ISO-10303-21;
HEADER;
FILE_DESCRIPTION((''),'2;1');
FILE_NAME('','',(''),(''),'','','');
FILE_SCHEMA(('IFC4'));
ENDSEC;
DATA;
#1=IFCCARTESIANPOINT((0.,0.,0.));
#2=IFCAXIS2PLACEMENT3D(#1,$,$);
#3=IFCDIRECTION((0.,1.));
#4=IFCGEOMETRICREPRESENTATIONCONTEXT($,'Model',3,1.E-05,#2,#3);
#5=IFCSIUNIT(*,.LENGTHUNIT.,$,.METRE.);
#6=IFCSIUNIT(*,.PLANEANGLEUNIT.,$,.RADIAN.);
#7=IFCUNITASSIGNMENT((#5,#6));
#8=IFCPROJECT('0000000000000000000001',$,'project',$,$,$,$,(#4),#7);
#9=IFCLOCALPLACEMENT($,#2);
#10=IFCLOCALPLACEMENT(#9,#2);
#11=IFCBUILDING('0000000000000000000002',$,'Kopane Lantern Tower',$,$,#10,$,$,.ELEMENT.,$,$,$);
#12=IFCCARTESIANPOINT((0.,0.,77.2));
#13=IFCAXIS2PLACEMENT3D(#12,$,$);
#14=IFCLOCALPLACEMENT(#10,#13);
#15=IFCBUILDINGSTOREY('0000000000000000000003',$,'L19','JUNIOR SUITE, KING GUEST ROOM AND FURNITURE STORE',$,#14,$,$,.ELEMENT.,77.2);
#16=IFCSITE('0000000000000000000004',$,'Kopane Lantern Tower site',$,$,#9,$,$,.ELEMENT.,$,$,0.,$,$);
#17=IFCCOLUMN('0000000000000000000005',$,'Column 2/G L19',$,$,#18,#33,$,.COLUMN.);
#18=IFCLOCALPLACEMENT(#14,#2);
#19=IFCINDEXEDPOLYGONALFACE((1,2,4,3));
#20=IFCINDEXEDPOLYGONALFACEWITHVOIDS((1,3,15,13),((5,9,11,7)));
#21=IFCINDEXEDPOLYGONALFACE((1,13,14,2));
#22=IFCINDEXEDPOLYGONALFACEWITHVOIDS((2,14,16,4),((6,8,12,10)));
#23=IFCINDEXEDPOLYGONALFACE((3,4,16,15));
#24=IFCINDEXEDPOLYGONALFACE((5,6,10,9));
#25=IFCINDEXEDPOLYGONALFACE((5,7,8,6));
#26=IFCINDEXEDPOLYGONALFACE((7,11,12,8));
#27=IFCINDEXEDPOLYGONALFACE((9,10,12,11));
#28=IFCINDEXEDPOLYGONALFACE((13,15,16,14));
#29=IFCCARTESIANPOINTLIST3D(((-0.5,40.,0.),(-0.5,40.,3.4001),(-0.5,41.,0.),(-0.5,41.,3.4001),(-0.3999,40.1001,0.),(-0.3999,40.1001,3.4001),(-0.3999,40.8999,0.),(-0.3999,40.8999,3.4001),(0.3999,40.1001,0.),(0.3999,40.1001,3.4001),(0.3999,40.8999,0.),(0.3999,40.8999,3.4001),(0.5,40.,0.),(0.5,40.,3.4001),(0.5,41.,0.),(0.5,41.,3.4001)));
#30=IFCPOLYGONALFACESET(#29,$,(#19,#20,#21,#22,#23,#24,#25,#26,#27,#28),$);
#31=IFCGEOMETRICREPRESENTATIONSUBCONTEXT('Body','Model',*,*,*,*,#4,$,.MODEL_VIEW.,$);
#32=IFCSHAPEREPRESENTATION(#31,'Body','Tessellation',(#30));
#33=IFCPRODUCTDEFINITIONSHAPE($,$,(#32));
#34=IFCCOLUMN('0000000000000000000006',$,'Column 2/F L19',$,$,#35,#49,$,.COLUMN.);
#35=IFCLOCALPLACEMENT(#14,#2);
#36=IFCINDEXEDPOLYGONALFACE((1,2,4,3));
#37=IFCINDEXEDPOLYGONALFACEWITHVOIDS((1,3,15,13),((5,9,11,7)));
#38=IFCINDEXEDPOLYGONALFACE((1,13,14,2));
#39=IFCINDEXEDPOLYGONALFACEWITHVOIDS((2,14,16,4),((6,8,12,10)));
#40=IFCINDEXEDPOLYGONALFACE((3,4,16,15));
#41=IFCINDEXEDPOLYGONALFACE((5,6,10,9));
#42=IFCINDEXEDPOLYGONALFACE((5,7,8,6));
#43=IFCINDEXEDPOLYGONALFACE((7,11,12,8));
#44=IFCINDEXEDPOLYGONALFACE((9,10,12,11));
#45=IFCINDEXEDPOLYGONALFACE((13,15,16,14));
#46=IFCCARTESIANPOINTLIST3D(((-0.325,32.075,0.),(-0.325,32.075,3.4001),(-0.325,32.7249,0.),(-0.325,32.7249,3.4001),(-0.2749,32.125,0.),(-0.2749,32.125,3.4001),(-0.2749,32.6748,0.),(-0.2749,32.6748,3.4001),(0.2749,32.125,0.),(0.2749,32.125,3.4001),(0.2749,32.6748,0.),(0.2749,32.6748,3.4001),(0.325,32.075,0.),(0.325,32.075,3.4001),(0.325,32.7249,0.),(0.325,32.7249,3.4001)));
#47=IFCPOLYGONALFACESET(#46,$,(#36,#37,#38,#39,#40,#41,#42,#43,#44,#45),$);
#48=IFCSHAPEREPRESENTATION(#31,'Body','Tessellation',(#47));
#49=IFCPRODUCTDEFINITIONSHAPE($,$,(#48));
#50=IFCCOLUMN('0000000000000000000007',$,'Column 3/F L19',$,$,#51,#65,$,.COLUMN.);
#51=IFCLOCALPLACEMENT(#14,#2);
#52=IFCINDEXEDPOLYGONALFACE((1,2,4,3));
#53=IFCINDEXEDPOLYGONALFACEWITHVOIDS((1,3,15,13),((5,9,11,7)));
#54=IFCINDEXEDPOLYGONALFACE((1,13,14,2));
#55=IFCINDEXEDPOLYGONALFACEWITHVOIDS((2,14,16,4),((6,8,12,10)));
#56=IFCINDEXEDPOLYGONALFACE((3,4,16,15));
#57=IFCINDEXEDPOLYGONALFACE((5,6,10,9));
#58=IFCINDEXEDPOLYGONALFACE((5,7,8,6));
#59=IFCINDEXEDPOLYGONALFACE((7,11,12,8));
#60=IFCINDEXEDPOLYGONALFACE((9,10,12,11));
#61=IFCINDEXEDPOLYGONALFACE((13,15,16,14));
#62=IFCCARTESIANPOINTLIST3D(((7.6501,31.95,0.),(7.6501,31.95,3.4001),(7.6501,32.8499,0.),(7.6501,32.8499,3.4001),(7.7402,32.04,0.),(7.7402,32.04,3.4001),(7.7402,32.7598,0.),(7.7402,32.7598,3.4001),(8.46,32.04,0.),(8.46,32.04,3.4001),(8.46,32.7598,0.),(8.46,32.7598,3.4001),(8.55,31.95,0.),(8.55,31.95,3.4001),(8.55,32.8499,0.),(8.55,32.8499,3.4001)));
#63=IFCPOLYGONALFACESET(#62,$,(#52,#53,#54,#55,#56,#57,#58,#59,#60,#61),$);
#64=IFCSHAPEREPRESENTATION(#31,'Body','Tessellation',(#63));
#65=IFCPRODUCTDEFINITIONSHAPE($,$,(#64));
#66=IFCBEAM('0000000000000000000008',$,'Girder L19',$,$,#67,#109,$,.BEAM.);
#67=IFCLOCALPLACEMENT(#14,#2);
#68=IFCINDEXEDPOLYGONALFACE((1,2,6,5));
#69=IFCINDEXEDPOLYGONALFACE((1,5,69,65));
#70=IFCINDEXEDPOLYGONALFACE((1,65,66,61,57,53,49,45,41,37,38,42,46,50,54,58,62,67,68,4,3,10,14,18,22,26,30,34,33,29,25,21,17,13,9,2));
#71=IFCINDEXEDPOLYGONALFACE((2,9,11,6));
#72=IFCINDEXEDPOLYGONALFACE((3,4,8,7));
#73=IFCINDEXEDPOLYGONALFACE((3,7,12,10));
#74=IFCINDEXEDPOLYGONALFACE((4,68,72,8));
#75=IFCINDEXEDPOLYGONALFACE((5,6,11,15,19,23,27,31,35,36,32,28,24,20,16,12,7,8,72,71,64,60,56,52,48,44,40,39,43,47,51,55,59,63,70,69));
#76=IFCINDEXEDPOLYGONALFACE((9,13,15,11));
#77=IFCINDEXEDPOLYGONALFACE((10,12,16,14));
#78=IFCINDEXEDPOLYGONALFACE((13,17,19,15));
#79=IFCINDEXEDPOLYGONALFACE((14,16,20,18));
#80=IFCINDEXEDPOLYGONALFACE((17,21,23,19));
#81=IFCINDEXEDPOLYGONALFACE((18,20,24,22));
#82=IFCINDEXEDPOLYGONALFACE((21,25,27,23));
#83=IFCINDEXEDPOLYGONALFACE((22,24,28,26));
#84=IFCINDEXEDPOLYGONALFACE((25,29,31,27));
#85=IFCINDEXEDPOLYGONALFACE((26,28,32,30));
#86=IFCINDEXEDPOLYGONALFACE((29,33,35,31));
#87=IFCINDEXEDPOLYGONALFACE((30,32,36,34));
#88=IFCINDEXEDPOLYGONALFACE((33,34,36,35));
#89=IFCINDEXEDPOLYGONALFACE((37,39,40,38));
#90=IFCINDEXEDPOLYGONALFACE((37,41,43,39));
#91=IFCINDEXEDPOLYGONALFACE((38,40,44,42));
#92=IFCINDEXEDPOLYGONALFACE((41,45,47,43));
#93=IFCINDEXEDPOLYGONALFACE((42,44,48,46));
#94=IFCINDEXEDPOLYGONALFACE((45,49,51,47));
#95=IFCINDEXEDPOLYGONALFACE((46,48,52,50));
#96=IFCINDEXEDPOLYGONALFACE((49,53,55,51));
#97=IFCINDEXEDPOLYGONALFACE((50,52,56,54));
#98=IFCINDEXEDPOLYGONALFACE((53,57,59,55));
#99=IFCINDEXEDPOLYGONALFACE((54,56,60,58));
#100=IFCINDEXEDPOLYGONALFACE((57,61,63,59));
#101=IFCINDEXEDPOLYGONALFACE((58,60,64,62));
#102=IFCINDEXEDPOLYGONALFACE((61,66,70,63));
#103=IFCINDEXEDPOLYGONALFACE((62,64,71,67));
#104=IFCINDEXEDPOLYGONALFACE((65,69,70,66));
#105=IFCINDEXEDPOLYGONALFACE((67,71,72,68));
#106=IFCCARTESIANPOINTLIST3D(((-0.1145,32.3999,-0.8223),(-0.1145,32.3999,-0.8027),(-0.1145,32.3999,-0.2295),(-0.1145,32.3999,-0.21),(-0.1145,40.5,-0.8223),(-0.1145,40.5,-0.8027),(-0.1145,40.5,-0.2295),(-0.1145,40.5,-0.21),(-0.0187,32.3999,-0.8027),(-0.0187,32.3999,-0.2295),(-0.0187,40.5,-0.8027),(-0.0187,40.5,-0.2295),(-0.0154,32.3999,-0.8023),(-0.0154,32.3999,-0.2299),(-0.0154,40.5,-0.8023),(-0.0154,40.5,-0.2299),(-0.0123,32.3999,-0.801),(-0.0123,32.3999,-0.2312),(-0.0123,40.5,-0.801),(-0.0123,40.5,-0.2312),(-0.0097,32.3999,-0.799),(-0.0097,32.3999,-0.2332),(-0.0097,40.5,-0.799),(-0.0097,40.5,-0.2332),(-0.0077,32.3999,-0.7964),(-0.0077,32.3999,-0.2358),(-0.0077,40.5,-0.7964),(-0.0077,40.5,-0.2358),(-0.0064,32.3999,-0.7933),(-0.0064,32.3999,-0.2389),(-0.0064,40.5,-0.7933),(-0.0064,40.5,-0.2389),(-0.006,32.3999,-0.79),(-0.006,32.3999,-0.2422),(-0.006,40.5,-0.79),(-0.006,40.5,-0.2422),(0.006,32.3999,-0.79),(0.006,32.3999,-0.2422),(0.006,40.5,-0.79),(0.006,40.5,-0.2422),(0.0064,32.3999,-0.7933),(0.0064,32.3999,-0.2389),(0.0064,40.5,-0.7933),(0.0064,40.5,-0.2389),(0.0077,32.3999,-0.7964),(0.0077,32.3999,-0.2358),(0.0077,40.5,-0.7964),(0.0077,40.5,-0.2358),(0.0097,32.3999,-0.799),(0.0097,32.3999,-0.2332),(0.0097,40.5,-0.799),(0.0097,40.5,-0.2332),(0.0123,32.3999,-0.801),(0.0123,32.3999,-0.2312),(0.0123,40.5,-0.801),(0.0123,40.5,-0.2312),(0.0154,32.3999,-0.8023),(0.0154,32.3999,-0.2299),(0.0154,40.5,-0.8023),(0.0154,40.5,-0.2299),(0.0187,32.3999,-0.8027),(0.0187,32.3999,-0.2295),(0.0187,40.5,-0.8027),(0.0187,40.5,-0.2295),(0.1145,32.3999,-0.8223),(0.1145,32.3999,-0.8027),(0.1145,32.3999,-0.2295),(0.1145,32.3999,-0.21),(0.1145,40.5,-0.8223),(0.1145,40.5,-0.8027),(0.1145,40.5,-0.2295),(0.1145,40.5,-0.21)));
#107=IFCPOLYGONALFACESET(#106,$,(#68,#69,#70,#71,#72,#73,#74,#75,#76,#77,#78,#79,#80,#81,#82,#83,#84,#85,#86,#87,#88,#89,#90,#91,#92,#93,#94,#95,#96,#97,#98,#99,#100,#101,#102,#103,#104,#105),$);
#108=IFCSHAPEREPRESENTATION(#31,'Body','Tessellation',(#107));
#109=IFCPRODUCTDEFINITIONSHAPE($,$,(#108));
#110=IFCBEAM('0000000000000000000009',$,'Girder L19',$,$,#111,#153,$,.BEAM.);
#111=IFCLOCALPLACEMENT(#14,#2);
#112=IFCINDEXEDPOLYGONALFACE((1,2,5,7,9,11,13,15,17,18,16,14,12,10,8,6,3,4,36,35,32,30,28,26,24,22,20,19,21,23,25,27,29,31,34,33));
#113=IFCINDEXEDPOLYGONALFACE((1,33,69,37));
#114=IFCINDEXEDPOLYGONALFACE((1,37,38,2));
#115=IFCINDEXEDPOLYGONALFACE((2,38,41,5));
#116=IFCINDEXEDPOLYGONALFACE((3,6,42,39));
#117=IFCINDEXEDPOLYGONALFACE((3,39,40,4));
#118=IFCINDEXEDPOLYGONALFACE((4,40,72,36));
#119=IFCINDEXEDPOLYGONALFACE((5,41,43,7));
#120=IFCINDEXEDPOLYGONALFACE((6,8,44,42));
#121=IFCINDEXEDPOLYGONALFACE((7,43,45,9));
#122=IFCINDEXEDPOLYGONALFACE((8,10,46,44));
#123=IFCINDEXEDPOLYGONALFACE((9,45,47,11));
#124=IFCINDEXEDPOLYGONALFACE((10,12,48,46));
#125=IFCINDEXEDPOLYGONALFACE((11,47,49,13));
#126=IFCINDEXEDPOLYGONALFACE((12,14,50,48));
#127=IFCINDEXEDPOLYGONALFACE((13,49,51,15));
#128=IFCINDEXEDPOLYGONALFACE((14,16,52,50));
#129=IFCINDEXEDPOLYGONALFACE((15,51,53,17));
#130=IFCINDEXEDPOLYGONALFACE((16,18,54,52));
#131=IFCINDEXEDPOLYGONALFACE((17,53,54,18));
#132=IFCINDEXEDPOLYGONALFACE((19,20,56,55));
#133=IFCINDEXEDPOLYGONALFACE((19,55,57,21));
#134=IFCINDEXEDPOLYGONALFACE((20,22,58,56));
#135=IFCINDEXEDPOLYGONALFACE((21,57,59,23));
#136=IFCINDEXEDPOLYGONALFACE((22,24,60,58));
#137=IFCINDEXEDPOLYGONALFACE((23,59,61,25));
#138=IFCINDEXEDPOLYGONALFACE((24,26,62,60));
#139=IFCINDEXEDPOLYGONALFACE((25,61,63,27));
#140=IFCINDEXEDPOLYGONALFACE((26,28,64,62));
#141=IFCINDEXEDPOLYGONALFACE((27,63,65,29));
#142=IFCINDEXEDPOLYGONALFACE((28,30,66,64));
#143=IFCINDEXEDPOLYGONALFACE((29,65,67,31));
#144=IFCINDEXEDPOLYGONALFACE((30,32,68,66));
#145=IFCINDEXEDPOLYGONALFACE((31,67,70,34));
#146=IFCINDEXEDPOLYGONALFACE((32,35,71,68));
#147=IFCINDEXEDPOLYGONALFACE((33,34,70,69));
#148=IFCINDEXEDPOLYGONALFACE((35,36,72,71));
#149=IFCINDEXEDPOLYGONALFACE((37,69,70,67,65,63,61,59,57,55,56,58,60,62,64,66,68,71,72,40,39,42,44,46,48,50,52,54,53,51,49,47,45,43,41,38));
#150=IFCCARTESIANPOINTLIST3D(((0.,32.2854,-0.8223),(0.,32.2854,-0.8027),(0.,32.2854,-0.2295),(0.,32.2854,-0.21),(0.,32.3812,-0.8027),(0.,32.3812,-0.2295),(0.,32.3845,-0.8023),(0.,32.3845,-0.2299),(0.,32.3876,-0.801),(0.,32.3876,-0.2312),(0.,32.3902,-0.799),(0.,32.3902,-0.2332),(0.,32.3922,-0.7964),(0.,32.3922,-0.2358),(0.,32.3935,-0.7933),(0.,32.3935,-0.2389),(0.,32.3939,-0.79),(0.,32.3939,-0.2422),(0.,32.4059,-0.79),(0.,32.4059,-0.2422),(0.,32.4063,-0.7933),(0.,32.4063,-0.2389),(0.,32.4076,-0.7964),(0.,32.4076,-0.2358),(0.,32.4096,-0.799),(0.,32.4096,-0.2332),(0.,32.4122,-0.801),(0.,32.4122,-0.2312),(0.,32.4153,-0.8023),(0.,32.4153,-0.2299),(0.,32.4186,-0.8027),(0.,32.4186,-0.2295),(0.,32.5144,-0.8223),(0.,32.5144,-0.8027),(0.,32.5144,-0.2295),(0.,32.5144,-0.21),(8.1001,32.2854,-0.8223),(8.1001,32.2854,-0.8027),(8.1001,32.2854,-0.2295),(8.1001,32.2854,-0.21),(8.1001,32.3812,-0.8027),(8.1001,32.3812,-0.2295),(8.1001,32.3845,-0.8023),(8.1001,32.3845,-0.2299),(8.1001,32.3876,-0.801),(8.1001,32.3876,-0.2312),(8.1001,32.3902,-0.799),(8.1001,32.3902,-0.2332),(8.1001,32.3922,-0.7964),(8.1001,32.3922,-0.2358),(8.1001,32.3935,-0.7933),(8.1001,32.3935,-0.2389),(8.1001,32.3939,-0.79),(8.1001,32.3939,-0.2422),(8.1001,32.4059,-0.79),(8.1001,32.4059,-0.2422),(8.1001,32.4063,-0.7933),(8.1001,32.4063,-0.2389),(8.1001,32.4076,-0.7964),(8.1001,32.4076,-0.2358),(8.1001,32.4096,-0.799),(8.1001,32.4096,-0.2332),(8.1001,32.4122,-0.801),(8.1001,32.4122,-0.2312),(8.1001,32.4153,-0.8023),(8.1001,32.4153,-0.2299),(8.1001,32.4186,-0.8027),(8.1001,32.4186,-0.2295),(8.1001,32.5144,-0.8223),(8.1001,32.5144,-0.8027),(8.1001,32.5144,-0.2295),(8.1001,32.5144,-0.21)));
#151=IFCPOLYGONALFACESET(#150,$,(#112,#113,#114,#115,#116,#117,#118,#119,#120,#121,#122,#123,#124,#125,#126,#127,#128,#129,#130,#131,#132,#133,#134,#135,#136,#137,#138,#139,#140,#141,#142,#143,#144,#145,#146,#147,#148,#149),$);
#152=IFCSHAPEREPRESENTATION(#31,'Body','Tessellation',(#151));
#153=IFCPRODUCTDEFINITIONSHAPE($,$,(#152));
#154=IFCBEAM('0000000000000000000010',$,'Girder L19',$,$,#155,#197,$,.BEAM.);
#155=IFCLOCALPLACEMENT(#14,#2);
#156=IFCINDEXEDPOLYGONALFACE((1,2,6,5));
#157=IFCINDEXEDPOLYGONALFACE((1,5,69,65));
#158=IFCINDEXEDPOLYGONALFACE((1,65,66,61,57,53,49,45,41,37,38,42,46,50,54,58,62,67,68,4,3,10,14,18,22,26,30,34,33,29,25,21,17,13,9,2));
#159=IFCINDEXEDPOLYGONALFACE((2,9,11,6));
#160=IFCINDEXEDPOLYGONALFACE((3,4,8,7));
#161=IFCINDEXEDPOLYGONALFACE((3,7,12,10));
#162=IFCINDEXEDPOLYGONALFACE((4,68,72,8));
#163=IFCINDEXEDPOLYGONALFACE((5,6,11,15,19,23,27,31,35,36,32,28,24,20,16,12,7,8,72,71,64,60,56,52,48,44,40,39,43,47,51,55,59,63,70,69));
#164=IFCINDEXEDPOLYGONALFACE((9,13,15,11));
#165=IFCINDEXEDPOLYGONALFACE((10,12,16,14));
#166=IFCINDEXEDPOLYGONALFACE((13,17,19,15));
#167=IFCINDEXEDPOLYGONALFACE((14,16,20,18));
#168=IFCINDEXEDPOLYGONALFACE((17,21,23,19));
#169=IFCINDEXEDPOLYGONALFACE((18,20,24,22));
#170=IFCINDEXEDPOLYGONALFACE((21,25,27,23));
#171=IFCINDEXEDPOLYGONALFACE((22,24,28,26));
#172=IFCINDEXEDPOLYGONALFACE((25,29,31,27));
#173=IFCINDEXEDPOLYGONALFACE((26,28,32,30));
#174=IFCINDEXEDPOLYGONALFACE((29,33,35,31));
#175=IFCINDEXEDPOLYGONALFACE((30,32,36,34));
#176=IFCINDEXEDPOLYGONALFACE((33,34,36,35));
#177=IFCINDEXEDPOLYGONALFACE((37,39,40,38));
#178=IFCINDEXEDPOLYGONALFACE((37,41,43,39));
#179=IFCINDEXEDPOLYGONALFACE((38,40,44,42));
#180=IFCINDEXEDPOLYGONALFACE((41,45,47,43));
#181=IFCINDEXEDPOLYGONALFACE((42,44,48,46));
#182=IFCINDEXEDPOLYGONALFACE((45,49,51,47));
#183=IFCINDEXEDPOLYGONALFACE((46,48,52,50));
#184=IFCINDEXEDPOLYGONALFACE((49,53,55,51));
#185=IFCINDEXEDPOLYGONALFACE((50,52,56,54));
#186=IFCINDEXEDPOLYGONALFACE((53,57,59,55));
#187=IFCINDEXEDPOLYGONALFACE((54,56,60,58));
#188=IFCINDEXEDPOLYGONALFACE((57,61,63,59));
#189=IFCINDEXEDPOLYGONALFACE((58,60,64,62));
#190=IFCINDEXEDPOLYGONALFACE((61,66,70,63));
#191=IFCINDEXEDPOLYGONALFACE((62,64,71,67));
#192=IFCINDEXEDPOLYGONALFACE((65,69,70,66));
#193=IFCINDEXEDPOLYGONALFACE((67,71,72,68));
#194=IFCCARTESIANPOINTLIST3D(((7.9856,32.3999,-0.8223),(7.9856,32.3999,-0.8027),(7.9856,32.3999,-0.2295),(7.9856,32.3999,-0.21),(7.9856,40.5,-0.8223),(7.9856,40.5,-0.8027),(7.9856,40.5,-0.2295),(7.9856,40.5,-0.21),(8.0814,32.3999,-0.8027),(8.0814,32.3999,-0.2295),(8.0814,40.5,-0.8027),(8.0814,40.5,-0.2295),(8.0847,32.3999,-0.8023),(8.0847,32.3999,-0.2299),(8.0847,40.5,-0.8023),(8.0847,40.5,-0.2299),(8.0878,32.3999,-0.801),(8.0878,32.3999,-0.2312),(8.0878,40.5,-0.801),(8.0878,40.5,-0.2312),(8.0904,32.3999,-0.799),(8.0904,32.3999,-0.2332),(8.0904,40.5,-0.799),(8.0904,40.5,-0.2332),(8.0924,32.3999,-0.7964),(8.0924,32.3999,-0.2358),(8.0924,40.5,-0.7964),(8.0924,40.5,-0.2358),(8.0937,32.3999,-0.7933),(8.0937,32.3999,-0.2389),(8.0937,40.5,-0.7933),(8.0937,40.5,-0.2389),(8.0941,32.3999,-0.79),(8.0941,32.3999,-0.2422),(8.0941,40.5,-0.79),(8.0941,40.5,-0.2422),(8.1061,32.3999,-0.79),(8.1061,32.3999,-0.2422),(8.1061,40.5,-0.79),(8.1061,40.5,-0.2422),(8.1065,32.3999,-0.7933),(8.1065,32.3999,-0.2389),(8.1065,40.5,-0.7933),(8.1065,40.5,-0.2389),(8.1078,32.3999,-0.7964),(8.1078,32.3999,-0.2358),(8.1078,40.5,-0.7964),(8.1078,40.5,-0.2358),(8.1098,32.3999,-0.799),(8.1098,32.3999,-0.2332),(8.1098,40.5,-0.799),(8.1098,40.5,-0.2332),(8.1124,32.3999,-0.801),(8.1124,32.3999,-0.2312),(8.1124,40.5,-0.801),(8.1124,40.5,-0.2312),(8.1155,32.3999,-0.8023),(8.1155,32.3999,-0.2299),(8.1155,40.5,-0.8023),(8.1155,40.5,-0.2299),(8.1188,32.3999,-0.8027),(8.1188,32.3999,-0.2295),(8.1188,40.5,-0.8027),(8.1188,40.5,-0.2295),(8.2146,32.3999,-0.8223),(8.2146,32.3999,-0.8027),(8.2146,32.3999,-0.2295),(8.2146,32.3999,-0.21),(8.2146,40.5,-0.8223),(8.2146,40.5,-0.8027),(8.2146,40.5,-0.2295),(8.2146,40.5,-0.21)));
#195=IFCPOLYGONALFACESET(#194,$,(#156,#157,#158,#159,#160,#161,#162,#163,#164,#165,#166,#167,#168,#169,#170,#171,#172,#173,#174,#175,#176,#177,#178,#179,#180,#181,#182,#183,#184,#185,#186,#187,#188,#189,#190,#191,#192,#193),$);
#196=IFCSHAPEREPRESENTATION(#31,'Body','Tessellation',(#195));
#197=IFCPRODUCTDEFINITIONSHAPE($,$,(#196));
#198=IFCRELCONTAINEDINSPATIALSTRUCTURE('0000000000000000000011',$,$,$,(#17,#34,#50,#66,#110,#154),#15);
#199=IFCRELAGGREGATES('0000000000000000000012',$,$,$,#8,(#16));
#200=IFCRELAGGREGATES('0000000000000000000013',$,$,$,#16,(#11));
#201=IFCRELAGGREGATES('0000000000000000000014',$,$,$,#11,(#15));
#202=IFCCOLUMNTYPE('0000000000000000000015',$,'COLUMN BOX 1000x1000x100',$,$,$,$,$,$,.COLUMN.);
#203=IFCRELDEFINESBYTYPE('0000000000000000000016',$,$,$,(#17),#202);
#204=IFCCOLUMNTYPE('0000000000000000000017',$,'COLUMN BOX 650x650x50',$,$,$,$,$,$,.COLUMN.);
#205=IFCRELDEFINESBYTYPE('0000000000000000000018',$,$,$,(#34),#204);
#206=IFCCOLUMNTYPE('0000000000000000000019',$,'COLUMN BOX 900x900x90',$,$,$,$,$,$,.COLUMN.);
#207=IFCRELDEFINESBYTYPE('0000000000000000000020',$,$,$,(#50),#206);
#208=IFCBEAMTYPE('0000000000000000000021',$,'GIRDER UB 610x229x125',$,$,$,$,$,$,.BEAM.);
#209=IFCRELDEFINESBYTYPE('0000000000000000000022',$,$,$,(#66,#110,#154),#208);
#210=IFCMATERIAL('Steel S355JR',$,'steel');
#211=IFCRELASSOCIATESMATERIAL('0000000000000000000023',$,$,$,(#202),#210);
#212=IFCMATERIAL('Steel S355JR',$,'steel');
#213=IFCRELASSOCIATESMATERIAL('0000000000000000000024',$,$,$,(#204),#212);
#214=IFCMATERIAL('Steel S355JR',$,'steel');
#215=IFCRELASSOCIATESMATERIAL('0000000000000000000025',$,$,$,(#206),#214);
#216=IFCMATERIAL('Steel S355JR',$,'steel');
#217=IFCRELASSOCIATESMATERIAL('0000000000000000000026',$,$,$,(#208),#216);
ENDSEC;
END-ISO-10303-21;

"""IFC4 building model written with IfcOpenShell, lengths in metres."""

from ifc_helpers import new_model, si_unit, direction, frame, origin, origin_2d, place, context, subcontext, project, spatial, hollow_rectangle, i_section, extrude, material, material_profile, profile_set, type_object, element, save


model = new_model("IFC4")

# Units and contexts
model_context = context("Model", 3, precision=1e-05, world=origin(), true_north=direction((0.0, 1.0)))
body_context = subcontext(model_context, "Body", "Model", "MODEL_VIEW")
ifc_project = project(units=[si_unit("LENGTHUNIT", "METRE"), si_unit("PLANEANGLEUNIT", "RADIAN")], contexts=[model_context])

# Site, building, storey
site_placement = place(None, origin())
site = spatial("IfcSite", under=ifc_project, at=site_placement, Name="Kopane Lantern Tower site", CompositionType="ELEMENT", RefElevation=0.0)
building_placement = place(site_placement, origin())
building = spatial("IfcBuilding", under=site, at=building_placement, Name="Kopane Lantern Tower", CompositionType="ELEMENT")
storey_placement = place(building_placement, frame((0.0, 0.0, 77.2)))
storey = spatial("IfcBuildingStorey", under=building, at=storey_placement, Name="L19", Description="JUNIOR SUITE, KING GUEST ROOM AND FURNITURE STORE", CompositionType="ELEMENT", Elevation=77.2)

# Columns
ifc_material_1 = material(Name="Steel S355JR", Category="steel")
ifc_material_profile_1 = material_profile(ifc_material_1, hollow_rectangle(XDim=1.0, YDim=1.0, WallThickness=0.1001, at=origin_2d()), Name="BOX 1000x1000x100")
ifc_profile_set_1 = profile_set([ifc_material_profile_1], Name="Steel S355JR")
column_type_1 = type_object("IfcColumnType", Name="COLUMN BOX 1000x1000x100", PredefinedType="COLUMN", material=ifc_profile_set_1)
column_1_placement = place(storey_placement, frame((0.0, 40.5, 0.0), z_axis=(0.0, 0.0, 1.0), x_axis=(1.0, 0.0, 0.0)))
element("IfcColumn", 1, at=column_1_placement, inside=storey, type_object=column_type_1, Name="Column 2/G L19", PredefinedType="COLUMN", context=body_context, shape_type="SweptSolid", body=[
    extrude(hollow_rectangle(XDim=1.0, YDim=1.0, WallThickness=0.1001, at=origin_2d()), origin(), (0.0, 0.0, 1.0), 3.4001),
])
ifc_material_2 = material(Name="Steel S355JR", Category="steel")
ifc_material_profile_2 = material_profile(ifc_material_2, hollow_rectangle(XDim=0.6499, YDim=0.6499, WallThickness=0.05, at=origin_2d()), Name="BOX 650x650x50")
ifc_profile_set_2 = profile_set([ifc_material_profile_2], Name="Steel S355JR")
column_type_2 = type_object("IfcColumnType", Name="COLUMN BOX 650x650x50", PredefinedType="COLUMN", material=ifc_profile_set_2)
column_2_placement = place(storey_placement, frame((0.0, 32.3999, 0.0), z_axis=(0.0, 0.0, 1.0), x_axis=(1.0, 0.0, 0.0)))
element("IfcColumn", 2, at=column_2_placement, inside=storey, type_object=column_type_2, Name="Column 2/F L19", PredefinedType="COLUMN", context=body_context, shape_type="SweptSolid", body=[
    extrude(hollow_rectangle(XDim=0.6499, YDim=0.6499, WallThickness=0.05, at=origin_2d()), origin(), (0.0, 0.0, 1.0), 3.4001),
])
ifc_material_3 = material(Name="Steel S355JR", Category="steel")
ifc_material_profile_3 = material_profile(ifc_material_3, hollow_rectangle(XDim=0.8999, YDim=0.8999, WallThickness=0.0901, at=origin_2d()), Name="BOX 900x900x90")
ifc_profile_set_3 = profile_set([ifc_material_profile_3], Name="Steel S355JR")
column_type_3 = type_object("IfcColumnType", Name="COLUMN BOX 900x900x90", PredefinedType="COLUMN", material=ifc_profile_set_3)
column_3_placement = place(storey_placement, frame((8.1001, 32.3999, 0.0), z_axis=(0.0, 0.0, 1.0), x_axis=(1.0, 0.0, 0.0)))
element("IfcColumn", 3, at=column_3_placement, inside=storey, type_object=column_type_3, Name="Column 3/F L19", PredefinedType="COLUMN", context=body_context, shape_type="SweptSolid", body=[
    extrude(hollow_rectangle(XDim=0.8999, YDim=0.8999, WallThickness=0.0901, at=origin_2d()), origin(), (0.0, 0.0, 1.0), 3.4001),
])

# Beams
ifc_material_4 = material(Name="Steel S355JR", Category="steel")
ifc_material_profile_4 = material_profile(ifc_material_4, i_section(OverallWidth=0.229, OverallDepth=0.6123, WebThickness=0.012, FlangeThickness=0.0195, FilletRadius=0.0127, at=origin_2d()), Name="UB 610x229x125")
ifc_profile_set_4 = profile_set([ifc_material_profile_4], Name="Steel S355JR")
beam_type = type_object("IfcBeamType", Name="GIRDER UB 610x229x125", PredefinedType="BEAM", material=ifc_profile_set_4)
for number, where, z_axis, x_axis, name in (
    (4, (0.0, 32.3999, -0.5161), (0.0, 1.0, 0.0), (-1.0, 0.0, 0.0), "Girder L19"),
    (5, (0.0, 32.3999, -0.5161), (1.0, 0.0, 0.0), (0.0, 1.0, 0.0), "Girder L19"),
    (6, (8.1001, 32.3999, -0.5161), (0.0, 1.0, 0.0), (-1.0, 0.0, 0.0), "Girder L19"),
):
    element("IfcBeam", number, at=place(storey_placement, frame(where, z_axis=z_axis, x_axis=x_axis)), inside=storey, type_object=beam_type, Name=name, PredefinedType="BEAM", context=body_context, shape_type="SweptSolid", body=[
        extrude(i_section(OverallWidth=0.229, OverallDepth=0.6123, WebThickness=0.012, FlangeThickness=0.0195, FilletRadius=0.0127, at=origin_2d()), origin(), (0.0, 0.0, 1.0), 8.1001),
    ])

save(model, "model.ifc")
